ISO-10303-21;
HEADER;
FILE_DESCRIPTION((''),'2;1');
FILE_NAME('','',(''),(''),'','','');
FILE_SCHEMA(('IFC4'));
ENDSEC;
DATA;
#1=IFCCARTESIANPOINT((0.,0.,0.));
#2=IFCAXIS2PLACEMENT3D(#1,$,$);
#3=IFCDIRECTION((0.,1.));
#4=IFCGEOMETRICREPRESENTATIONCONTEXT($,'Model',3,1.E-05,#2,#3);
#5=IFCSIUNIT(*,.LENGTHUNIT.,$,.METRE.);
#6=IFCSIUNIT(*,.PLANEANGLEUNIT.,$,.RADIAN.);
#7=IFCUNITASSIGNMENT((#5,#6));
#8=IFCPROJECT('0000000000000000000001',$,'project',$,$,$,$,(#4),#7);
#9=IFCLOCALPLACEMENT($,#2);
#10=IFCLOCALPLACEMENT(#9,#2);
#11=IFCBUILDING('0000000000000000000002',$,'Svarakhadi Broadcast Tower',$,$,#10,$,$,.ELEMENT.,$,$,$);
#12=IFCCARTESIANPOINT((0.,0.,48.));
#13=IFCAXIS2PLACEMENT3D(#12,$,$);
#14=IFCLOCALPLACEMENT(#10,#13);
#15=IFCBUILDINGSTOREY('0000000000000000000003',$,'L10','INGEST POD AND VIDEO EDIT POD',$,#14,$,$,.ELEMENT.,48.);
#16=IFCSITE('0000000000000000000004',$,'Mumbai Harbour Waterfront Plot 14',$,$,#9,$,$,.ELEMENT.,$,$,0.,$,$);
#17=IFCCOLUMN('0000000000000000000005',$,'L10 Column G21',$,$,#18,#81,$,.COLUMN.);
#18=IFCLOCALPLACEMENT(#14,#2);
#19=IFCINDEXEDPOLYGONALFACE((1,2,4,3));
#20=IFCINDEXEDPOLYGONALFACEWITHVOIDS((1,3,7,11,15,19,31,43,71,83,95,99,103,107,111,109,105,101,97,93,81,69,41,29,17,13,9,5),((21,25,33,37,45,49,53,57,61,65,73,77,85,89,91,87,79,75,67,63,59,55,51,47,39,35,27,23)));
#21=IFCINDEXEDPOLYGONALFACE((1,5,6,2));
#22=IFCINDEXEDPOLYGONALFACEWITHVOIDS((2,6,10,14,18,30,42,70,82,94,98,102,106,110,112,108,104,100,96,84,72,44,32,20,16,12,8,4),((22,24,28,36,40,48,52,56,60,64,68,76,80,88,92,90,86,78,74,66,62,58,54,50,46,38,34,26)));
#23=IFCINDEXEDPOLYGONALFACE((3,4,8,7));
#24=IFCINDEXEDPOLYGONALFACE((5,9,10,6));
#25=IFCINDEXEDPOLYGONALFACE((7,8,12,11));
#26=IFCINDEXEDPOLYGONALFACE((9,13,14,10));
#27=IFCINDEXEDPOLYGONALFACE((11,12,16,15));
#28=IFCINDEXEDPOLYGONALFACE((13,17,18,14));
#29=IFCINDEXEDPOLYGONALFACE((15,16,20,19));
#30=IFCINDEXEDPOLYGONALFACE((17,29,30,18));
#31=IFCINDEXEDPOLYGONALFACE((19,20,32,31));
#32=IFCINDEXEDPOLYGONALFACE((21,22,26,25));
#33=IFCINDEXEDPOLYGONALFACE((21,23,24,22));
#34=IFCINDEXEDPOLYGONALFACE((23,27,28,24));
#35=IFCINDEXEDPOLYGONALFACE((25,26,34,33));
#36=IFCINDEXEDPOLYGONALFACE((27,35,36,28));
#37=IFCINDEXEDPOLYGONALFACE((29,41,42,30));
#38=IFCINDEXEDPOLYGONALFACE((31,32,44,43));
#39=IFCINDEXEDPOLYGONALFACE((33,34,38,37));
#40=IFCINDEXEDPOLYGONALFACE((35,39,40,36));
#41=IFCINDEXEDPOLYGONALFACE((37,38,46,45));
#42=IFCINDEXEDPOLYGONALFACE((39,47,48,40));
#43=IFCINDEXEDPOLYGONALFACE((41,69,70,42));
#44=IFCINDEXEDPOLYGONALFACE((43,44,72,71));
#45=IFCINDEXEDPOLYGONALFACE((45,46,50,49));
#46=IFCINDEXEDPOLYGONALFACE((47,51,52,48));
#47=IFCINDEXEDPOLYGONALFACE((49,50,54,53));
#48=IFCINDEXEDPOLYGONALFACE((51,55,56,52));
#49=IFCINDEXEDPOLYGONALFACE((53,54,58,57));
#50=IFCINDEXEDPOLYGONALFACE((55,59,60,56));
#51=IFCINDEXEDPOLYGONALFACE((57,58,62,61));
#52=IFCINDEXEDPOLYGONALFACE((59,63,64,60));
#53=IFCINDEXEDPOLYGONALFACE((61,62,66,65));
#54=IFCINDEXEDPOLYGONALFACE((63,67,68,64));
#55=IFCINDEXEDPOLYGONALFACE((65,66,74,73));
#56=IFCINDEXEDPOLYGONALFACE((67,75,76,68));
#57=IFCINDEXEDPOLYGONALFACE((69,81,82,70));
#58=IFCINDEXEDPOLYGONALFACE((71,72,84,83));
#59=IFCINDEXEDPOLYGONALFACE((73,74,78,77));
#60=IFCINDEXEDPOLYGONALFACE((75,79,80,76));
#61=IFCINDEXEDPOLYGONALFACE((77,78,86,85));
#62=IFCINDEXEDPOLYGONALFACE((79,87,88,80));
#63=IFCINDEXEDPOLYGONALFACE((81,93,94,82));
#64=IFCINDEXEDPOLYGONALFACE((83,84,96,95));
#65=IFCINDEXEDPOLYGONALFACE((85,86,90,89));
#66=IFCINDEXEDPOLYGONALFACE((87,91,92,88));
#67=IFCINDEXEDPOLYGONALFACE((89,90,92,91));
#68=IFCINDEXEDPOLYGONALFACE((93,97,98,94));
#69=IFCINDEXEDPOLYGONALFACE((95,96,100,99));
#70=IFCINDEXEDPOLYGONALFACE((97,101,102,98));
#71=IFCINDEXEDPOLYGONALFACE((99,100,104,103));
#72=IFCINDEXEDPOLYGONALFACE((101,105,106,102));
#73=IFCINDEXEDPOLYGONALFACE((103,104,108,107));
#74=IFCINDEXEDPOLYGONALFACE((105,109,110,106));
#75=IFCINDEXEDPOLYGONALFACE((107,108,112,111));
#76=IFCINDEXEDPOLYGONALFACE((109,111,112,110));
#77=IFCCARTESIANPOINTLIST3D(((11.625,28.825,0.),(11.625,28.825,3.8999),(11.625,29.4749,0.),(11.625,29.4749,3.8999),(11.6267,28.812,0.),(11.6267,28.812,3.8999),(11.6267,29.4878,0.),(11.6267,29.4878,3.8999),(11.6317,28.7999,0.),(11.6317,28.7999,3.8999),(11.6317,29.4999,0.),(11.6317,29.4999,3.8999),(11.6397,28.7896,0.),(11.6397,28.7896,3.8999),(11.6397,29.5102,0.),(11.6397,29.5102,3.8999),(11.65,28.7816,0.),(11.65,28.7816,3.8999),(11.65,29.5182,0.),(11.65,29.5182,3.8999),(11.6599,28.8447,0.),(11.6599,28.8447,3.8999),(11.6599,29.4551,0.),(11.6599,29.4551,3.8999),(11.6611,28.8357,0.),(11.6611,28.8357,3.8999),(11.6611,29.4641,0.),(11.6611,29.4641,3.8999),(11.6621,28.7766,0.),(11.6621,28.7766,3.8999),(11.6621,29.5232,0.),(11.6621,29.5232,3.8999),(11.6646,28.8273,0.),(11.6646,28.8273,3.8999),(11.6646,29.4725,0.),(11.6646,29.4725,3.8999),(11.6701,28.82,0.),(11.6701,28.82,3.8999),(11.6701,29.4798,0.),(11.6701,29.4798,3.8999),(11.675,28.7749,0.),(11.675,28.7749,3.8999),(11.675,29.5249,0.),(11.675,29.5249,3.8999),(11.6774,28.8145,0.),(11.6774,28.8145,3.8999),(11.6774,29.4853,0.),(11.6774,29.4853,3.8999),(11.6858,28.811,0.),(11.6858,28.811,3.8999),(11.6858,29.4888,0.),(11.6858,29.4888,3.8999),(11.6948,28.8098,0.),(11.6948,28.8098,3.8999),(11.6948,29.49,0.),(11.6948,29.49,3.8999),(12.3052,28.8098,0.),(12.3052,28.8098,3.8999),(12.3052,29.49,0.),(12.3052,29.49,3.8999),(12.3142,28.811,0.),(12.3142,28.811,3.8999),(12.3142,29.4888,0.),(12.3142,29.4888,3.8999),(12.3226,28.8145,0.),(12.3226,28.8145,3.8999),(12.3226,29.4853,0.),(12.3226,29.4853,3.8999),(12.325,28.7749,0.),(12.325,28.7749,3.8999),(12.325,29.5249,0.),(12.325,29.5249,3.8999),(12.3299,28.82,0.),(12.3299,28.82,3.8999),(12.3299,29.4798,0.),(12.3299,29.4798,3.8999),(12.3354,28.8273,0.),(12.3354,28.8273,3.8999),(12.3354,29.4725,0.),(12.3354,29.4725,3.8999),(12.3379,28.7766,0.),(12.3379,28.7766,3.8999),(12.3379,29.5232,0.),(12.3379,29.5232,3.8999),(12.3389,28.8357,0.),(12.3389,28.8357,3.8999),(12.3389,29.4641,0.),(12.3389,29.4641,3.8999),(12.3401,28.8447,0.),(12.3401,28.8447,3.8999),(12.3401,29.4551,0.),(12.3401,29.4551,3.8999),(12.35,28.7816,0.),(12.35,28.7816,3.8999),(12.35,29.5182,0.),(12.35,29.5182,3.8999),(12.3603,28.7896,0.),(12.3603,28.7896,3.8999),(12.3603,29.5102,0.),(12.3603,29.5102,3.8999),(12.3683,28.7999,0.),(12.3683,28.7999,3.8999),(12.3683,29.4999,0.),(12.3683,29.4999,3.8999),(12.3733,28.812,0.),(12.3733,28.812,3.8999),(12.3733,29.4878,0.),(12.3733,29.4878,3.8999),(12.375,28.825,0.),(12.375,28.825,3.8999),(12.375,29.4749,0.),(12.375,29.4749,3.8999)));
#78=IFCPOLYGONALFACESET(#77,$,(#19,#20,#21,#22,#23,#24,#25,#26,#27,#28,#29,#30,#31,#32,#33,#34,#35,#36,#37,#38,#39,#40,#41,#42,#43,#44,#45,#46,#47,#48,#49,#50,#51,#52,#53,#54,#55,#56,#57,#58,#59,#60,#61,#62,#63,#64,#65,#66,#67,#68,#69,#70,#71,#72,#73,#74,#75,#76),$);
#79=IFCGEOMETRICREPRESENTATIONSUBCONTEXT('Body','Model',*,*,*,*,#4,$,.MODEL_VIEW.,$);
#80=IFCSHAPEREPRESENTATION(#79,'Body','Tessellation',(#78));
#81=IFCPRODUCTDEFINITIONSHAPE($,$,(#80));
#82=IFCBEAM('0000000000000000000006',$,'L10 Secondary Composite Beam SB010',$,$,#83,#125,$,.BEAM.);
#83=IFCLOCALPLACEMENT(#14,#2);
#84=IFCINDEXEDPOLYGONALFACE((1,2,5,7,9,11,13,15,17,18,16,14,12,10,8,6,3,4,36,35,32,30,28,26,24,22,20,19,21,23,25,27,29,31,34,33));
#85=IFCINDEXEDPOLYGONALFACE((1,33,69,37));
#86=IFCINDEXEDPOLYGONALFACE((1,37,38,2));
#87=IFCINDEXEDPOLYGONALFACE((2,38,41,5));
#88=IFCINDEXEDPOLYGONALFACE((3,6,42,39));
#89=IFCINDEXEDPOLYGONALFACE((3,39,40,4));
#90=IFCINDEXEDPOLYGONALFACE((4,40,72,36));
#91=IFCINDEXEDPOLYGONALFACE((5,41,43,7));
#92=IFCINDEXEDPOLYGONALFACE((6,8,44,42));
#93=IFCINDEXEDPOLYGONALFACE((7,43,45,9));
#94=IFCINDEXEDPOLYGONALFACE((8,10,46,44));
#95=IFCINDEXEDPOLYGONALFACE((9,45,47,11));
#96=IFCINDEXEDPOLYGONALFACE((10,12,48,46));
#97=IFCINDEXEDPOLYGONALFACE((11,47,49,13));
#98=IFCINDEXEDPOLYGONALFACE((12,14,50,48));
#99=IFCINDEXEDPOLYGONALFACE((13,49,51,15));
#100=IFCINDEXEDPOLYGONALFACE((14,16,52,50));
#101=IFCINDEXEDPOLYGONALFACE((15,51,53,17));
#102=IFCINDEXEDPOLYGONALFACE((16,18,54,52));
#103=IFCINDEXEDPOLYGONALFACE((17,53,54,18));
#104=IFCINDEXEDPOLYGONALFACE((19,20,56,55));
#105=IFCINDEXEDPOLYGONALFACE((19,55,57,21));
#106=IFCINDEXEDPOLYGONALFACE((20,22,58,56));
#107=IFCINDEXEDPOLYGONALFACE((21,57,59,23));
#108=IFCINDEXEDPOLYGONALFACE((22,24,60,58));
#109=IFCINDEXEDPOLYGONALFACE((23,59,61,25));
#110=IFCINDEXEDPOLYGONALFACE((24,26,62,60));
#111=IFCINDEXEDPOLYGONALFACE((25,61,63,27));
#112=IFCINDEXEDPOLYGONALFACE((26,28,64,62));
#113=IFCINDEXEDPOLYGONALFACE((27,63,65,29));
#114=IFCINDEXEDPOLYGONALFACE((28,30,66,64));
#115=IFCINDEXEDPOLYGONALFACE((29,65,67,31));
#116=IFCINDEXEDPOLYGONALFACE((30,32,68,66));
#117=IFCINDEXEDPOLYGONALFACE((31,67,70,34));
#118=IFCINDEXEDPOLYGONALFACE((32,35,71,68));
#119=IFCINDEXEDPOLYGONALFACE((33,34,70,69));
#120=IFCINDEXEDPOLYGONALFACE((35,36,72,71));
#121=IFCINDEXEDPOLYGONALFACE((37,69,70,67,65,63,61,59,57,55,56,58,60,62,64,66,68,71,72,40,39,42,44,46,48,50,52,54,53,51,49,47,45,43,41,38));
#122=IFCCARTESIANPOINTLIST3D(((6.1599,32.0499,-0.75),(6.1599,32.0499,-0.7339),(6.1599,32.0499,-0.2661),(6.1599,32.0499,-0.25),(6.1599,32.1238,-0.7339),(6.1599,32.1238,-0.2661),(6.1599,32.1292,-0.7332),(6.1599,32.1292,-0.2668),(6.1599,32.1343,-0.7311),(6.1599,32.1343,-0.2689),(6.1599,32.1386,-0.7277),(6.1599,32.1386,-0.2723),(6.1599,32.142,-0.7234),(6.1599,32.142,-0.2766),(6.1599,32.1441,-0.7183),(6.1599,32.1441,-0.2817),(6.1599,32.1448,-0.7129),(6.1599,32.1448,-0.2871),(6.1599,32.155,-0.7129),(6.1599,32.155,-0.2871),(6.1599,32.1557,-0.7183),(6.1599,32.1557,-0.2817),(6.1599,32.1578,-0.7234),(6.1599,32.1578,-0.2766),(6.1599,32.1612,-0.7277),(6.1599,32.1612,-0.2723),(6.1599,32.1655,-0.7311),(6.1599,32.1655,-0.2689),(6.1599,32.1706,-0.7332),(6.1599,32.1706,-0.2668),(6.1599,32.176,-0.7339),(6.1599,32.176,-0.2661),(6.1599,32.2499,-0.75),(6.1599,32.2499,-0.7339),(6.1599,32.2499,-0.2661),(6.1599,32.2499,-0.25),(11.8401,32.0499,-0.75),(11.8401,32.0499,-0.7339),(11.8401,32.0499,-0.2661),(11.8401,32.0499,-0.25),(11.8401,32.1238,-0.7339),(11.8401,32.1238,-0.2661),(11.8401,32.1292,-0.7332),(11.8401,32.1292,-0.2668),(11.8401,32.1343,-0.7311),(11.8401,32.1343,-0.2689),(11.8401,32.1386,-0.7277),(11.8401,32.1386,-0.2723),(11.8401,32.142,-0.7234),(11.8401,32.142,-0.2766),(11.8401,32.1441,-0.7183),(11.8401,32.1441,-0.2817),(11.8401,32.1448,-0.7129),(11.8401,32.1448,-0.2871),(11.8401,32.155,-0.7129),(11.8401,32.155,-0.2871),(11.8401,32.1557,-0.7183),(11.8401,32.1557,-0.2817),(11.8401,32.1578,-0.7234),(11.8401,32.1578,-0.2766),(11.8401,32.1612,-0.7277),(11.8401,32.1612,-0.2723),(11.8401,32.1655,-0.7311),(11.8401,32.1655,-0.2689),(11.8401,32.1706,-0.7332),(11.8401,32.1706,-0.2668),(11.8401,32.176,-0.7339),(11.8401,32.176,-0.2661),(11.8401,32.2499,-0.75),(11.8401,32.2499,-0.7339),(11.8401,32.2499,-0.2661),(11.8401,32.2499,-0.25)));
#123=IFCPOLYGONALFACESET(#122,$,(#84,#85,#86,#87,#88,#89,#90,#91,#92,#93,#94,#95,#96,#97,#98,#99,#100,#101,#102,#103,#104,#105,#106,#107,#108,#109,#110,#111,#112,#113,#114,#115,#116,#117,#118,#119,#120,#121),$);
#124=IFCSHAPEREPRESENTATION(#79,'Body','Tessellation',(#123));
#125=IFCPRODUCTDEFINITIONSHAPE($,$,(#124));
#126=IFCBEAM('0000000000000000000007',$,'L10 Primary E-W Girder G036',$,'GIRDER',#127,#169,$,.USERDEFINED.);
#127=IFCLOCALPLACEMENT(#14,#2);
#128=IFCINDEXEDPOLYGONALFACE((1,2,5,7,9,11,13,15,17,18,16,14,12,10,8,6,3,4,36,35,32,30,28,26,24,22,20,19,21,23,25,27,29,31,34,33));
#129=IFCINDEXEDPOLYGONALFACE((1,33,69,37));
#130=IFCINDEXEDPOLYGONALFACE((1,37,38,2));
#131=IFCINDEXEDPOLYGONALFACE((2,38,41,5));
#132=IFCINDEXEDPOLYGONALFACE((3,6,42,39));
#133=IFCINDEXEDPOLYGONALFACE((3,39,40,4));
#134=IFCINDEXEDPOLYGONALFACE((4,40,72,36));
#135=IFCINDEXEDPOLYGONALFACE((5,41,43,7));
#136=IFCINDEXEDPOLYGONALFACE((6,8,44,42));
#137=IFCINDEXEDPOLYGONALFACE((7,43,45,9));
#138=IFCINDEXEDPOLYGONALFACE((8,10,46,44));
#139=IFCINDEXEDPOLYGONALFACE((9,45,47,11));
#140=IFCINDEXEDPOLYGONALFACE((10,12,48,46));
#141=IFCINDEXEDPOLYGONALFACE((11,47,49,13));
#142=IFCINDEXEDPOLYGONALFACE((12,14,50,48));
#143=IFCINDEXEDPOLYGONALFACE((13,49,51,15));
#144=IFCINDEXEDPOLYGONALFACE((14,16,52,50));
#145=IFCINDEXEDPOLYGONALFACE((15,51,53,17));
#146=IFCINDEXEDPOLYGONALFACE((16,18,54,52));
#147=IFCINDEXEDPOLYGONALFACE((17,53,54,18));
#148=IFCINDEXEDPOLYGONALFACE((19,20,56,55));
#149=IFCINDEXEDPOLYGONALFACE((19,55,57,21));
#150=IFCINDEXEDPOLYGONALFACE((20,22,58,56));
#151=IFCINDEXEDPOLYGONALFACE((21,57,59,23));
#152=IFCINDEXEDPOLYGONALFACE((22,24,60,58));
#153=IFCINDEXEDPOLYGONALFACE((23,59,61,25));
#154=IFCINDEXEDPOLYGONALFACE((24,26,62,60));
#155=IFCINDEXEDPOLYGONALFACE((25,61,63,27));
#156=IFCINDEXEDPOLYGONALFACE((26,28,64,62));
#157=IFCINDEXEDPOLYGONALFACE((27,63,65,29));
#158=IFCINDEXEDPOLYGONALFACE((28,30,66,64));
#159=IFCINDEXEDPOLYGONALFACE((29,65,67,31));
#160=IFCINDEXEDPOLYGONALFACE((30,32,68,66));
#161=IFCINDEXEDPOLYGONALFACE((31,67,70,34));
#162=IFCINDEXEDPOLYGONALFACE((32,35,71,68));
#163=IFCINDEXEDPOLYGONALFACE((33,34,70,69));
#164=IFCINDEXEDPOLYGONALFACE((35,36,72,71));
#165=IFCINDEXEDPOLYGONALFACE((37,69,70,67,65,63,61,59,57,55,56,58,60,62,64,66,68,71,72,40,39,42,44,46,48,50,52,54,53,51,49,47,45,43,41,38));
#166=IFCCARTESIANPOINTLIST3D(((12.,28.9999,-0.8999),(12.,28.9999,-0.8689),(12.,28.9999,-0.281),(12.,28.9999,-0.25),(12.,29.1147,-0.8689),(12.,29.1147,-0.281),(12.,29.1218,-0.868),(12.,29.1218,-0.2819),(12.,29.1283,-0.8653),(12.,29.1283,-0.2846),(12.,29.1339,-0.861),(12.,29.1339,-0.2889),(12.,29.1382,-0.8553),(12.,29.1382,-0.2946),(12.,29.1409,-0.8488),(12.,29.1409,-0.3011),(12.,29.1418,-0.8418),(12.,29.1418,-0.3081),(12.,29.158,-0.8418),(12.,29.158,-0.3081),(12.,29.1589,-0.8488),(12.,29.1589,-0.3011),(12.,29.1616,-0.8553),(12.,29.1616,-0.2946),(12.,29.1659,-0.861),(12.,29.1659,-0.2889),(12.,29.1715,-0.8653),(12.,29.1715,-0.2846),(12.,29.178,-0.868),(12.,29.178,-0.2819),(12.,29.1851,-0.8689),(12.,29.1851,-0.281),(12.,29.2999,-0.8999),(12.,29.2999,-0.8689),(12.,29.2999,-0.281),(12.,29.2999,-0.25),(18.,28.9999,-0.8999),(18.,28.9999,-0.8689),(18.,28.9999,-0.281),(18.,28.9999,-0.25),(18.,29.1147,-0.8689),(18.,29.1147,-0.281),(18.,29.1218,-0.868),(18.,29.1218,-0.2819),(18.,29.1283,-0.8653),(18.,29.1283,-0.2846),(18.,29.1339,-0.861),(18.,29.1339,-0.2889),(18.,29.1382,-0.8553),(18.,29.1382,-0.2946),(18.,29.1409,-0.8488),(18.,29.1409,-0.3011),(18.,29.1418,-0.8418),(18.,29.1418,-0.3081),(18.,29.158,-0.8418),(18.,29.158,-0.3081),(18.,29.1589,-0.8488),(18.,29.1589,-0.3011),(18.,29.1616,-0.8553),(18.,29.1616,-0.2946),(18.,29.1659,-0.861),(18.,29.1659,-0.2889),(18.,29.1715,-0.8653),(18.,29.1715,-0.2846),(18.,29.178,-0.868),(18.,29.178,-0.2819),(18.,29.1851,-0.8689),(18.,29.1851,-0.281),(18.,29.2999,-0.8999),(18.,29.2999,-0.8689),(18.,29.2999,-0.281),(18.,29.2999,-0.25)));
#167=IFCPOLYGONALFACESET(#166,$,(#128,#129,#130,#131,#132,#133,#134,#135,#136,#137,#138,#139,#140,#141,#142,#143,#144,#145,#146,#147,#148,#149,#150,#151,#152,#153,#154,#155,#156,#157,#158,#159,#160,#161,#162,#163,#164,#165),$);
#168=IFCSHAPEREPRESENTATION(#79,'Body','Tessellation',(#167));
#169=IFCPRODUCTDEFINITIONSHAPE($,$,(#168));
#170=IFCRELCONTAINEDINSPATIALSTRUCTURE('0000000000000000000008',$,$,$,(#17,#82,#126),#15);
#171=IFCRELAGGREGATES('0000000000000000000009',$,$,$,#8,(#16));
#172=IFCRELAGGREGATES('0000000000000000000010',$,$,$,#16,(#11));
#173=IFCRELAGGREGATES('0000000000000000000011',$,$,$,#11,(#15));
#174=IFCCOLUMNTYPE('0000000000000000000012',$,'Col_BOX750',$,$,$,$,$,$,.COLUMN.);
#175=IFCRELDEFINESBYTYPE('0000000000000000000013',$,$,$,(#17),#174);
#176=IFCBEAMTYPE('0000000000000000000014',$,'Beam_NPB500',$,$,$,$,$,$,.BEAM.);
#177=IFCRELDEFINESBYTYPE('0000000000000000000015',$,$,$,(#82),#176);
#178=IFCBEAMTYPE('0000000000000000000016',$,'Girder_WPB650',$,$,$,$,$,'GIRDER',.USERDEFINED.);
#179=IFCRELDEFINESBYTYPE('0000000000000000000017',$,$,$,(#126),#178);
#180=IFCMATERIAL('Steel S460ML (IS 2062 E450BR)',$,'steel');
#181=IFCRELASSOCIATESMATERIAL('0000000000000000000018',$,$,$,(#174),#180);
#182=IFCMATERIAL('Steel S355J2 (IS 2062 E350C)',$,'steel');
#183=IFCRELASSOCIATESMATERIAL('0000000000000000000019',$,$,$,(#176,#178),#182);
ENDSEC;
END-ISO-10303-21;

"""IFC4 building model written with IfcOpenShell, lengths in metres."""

from ifc_helpers import new_model, si_unit, direction, frame, origin, origin_2d, place, context, subcontext, project, spatial, hollow_rectangle, i_section, extrude, material, material_profile, profile_set, type_object, element, save


model = new_model("IFC4")

# Units and contexts
model_context = context("Model", 3, precision=1e-05, world=origin(), true_north=direction((0.0, 1.0)))
body_context = subcontext(model_context, "Body", "Model", "MODEL_VIEW")
ifc_project = project(units=[si_unit("LENGTHUNIT", "METRE"), si_unit("PLANEANGLEUNIT", "RADIAN")], contexts=[model_context])

# Site, building, storey
site_placement = place(None, origin())
site = spatial("IfcSite", under=ifc_project, at=site_placement, Name="Mumbai Harbour Waterfront Plot 14", CompositionType="ELEMENT", RefElevation=0.0)
building_placement = place(site_placement, origin())
building = spatial("IfcBuilding", under=site, at=building_placement, Name="Svarakhadi Broadcast Tower", CompositionType="ELEMENT")
storey_placement = place(building_placement, frame((0.0, 0.0, 48.0)))
storey = spatial("IfcBuildingStorey", under=building, at=storey_placement, Name="L10", Description="INGEST POD AND VIDEO EDIT POD", CompositionType="ELEMENT", Elevation=48.0)

# Column
ifc_material_1 = material(Name="Steel S460ML (IS 2062 E450BR)", Category="steel")
ifc_material_profile_1 = material_profile(ifc_material_1, hollow_rectangle(XDim=0.75, YDim=0.75, WallThickness=0.0349, InnerFilletRadius=0.0349, OuterFilletRadius=0.05, at=origin_2d()), Name="BOX 750x750x35")
ifc_profile_set_1 = profile_set([ifc_material_profile_1], Name="Steel S460ML (IS 2062 E450BR)")
column_type = type_object("IfcColumnType", Name="Col_BOX750", PredefinedType="COLUMN", material=ifc_profile_set_1)
column_placement = place(storey_placement, frame((12.0, 29.1499, 0.0), z_axis=(0.0, 0.0, 1.0), x_axis=(1.0, 0.0, 0.0)))
element("IfcColumn", 1, at=column_placement, inside=storey, type_object=column_type, Name="L10 Column G21", PredefinedType="COLUMN", context=body_context, shape_type="SweptSolid", body=[
    extrude(hollow_rectangle(XDim=0.75, YDim=0.75, WallThickness=0.0349, InnerFilletRadius=0.0349, OuterFilletRadius=0.05, at=origin_2d()), origin(), (0.0, 0.0, 1.0), 3.8999),
])

# Beams
ifc_material_2 = material(Name="Steel S355J2 (IS 2062 E350C)", Category="steel")
ifc_material_profile_2 = material_profile(ifc_material_2, i_section(OverallWidth=0.2, OverallDepth=0.5, WebThickness=0.0103, FlangeThickness=0.0161, FilletRadius=0.021, at=origin_2d()), Name="NPB 500x200x91")
ifc_profile_set_2 = profile_set([ifc_material_profile_2], Name="Steel S355J2 (IS 2062 E350C)")
beam_type_1 = type_object("IfcBeamType", Name="Beam_NPB500", PredefinedType="BEAM", material=ifc_profile_set_2)
beam_placement = place(storey_placement, frame((6.1599, 32.1499, -0.5), z_axis=(1.0, 0.0, 0.0), x_axis=(0.0, 1.0, 0.0)))
element("IfcBeam", 2, at=beam_placement, inside=storey, type_object=beam_type_1, Name="L10 Secondary Composite Beam SB010", PredefinedType="BEAM", context=body_context, shape_type="SweptSolid", body=[
    extrude(i_section(OverallWidth=0.2, OverallDepth=0.5, WebThickness=0.0103, FlangeThickness=0.0161, FilletRadius=0.021, at=origin_2d()), origin(), (0.0, 0.0, 1.0), 5.6802),
])
ifc_material_profile_3 = material_profile(ifc_material_2, i_section(OverallWidth=0.3, OverallDepth=0.6499, WebThickness=0.0161, FlangeThickness=0.031, FilletRadius=0.0271, at=origin_2d()), Name="WPB 650x300x225")
ifc_profile_set_3 = profile_set([ifc_material_profile_3], Name="Steel S355J2 (IS 2062 E350C)")
beam_type_2 = type_object("IfcBeamType", Name="Girder_WPB650", ElementType="GIRDER", PredefinedType="USERDEFINED", material=ifc_profile_set_3)
for number, where, z_axis, x_axis, name in (
    (3, (12.0, 29.1499, -0.575), (1.0, 0.0, 0.0), (0.0, 1.0, 0.0), "L10 Primary E-W Girder G036"),
):
    element("IfcBeam", number, at=place(storey_placement, frame(where, z_axis=z_axis, x_axis=x_axis)), inside=storey, type_object=beam_type_2, Name=name, ObjectType="GIRDER", PredefinedType="USERDEFINED", context=body_context, shape_type="SweptSolid", body=[
        extrude(i_section(OverallWidth=0.3, OverallDepth=0.6499, WebThickness=0.0161, FlangeThickness=0.031, FilletRadius=0.0271, at=origin_2d()), origin(), (0.0, 0.0, 1.0), 6.0),
    ])

save(model, "model.ifc")
